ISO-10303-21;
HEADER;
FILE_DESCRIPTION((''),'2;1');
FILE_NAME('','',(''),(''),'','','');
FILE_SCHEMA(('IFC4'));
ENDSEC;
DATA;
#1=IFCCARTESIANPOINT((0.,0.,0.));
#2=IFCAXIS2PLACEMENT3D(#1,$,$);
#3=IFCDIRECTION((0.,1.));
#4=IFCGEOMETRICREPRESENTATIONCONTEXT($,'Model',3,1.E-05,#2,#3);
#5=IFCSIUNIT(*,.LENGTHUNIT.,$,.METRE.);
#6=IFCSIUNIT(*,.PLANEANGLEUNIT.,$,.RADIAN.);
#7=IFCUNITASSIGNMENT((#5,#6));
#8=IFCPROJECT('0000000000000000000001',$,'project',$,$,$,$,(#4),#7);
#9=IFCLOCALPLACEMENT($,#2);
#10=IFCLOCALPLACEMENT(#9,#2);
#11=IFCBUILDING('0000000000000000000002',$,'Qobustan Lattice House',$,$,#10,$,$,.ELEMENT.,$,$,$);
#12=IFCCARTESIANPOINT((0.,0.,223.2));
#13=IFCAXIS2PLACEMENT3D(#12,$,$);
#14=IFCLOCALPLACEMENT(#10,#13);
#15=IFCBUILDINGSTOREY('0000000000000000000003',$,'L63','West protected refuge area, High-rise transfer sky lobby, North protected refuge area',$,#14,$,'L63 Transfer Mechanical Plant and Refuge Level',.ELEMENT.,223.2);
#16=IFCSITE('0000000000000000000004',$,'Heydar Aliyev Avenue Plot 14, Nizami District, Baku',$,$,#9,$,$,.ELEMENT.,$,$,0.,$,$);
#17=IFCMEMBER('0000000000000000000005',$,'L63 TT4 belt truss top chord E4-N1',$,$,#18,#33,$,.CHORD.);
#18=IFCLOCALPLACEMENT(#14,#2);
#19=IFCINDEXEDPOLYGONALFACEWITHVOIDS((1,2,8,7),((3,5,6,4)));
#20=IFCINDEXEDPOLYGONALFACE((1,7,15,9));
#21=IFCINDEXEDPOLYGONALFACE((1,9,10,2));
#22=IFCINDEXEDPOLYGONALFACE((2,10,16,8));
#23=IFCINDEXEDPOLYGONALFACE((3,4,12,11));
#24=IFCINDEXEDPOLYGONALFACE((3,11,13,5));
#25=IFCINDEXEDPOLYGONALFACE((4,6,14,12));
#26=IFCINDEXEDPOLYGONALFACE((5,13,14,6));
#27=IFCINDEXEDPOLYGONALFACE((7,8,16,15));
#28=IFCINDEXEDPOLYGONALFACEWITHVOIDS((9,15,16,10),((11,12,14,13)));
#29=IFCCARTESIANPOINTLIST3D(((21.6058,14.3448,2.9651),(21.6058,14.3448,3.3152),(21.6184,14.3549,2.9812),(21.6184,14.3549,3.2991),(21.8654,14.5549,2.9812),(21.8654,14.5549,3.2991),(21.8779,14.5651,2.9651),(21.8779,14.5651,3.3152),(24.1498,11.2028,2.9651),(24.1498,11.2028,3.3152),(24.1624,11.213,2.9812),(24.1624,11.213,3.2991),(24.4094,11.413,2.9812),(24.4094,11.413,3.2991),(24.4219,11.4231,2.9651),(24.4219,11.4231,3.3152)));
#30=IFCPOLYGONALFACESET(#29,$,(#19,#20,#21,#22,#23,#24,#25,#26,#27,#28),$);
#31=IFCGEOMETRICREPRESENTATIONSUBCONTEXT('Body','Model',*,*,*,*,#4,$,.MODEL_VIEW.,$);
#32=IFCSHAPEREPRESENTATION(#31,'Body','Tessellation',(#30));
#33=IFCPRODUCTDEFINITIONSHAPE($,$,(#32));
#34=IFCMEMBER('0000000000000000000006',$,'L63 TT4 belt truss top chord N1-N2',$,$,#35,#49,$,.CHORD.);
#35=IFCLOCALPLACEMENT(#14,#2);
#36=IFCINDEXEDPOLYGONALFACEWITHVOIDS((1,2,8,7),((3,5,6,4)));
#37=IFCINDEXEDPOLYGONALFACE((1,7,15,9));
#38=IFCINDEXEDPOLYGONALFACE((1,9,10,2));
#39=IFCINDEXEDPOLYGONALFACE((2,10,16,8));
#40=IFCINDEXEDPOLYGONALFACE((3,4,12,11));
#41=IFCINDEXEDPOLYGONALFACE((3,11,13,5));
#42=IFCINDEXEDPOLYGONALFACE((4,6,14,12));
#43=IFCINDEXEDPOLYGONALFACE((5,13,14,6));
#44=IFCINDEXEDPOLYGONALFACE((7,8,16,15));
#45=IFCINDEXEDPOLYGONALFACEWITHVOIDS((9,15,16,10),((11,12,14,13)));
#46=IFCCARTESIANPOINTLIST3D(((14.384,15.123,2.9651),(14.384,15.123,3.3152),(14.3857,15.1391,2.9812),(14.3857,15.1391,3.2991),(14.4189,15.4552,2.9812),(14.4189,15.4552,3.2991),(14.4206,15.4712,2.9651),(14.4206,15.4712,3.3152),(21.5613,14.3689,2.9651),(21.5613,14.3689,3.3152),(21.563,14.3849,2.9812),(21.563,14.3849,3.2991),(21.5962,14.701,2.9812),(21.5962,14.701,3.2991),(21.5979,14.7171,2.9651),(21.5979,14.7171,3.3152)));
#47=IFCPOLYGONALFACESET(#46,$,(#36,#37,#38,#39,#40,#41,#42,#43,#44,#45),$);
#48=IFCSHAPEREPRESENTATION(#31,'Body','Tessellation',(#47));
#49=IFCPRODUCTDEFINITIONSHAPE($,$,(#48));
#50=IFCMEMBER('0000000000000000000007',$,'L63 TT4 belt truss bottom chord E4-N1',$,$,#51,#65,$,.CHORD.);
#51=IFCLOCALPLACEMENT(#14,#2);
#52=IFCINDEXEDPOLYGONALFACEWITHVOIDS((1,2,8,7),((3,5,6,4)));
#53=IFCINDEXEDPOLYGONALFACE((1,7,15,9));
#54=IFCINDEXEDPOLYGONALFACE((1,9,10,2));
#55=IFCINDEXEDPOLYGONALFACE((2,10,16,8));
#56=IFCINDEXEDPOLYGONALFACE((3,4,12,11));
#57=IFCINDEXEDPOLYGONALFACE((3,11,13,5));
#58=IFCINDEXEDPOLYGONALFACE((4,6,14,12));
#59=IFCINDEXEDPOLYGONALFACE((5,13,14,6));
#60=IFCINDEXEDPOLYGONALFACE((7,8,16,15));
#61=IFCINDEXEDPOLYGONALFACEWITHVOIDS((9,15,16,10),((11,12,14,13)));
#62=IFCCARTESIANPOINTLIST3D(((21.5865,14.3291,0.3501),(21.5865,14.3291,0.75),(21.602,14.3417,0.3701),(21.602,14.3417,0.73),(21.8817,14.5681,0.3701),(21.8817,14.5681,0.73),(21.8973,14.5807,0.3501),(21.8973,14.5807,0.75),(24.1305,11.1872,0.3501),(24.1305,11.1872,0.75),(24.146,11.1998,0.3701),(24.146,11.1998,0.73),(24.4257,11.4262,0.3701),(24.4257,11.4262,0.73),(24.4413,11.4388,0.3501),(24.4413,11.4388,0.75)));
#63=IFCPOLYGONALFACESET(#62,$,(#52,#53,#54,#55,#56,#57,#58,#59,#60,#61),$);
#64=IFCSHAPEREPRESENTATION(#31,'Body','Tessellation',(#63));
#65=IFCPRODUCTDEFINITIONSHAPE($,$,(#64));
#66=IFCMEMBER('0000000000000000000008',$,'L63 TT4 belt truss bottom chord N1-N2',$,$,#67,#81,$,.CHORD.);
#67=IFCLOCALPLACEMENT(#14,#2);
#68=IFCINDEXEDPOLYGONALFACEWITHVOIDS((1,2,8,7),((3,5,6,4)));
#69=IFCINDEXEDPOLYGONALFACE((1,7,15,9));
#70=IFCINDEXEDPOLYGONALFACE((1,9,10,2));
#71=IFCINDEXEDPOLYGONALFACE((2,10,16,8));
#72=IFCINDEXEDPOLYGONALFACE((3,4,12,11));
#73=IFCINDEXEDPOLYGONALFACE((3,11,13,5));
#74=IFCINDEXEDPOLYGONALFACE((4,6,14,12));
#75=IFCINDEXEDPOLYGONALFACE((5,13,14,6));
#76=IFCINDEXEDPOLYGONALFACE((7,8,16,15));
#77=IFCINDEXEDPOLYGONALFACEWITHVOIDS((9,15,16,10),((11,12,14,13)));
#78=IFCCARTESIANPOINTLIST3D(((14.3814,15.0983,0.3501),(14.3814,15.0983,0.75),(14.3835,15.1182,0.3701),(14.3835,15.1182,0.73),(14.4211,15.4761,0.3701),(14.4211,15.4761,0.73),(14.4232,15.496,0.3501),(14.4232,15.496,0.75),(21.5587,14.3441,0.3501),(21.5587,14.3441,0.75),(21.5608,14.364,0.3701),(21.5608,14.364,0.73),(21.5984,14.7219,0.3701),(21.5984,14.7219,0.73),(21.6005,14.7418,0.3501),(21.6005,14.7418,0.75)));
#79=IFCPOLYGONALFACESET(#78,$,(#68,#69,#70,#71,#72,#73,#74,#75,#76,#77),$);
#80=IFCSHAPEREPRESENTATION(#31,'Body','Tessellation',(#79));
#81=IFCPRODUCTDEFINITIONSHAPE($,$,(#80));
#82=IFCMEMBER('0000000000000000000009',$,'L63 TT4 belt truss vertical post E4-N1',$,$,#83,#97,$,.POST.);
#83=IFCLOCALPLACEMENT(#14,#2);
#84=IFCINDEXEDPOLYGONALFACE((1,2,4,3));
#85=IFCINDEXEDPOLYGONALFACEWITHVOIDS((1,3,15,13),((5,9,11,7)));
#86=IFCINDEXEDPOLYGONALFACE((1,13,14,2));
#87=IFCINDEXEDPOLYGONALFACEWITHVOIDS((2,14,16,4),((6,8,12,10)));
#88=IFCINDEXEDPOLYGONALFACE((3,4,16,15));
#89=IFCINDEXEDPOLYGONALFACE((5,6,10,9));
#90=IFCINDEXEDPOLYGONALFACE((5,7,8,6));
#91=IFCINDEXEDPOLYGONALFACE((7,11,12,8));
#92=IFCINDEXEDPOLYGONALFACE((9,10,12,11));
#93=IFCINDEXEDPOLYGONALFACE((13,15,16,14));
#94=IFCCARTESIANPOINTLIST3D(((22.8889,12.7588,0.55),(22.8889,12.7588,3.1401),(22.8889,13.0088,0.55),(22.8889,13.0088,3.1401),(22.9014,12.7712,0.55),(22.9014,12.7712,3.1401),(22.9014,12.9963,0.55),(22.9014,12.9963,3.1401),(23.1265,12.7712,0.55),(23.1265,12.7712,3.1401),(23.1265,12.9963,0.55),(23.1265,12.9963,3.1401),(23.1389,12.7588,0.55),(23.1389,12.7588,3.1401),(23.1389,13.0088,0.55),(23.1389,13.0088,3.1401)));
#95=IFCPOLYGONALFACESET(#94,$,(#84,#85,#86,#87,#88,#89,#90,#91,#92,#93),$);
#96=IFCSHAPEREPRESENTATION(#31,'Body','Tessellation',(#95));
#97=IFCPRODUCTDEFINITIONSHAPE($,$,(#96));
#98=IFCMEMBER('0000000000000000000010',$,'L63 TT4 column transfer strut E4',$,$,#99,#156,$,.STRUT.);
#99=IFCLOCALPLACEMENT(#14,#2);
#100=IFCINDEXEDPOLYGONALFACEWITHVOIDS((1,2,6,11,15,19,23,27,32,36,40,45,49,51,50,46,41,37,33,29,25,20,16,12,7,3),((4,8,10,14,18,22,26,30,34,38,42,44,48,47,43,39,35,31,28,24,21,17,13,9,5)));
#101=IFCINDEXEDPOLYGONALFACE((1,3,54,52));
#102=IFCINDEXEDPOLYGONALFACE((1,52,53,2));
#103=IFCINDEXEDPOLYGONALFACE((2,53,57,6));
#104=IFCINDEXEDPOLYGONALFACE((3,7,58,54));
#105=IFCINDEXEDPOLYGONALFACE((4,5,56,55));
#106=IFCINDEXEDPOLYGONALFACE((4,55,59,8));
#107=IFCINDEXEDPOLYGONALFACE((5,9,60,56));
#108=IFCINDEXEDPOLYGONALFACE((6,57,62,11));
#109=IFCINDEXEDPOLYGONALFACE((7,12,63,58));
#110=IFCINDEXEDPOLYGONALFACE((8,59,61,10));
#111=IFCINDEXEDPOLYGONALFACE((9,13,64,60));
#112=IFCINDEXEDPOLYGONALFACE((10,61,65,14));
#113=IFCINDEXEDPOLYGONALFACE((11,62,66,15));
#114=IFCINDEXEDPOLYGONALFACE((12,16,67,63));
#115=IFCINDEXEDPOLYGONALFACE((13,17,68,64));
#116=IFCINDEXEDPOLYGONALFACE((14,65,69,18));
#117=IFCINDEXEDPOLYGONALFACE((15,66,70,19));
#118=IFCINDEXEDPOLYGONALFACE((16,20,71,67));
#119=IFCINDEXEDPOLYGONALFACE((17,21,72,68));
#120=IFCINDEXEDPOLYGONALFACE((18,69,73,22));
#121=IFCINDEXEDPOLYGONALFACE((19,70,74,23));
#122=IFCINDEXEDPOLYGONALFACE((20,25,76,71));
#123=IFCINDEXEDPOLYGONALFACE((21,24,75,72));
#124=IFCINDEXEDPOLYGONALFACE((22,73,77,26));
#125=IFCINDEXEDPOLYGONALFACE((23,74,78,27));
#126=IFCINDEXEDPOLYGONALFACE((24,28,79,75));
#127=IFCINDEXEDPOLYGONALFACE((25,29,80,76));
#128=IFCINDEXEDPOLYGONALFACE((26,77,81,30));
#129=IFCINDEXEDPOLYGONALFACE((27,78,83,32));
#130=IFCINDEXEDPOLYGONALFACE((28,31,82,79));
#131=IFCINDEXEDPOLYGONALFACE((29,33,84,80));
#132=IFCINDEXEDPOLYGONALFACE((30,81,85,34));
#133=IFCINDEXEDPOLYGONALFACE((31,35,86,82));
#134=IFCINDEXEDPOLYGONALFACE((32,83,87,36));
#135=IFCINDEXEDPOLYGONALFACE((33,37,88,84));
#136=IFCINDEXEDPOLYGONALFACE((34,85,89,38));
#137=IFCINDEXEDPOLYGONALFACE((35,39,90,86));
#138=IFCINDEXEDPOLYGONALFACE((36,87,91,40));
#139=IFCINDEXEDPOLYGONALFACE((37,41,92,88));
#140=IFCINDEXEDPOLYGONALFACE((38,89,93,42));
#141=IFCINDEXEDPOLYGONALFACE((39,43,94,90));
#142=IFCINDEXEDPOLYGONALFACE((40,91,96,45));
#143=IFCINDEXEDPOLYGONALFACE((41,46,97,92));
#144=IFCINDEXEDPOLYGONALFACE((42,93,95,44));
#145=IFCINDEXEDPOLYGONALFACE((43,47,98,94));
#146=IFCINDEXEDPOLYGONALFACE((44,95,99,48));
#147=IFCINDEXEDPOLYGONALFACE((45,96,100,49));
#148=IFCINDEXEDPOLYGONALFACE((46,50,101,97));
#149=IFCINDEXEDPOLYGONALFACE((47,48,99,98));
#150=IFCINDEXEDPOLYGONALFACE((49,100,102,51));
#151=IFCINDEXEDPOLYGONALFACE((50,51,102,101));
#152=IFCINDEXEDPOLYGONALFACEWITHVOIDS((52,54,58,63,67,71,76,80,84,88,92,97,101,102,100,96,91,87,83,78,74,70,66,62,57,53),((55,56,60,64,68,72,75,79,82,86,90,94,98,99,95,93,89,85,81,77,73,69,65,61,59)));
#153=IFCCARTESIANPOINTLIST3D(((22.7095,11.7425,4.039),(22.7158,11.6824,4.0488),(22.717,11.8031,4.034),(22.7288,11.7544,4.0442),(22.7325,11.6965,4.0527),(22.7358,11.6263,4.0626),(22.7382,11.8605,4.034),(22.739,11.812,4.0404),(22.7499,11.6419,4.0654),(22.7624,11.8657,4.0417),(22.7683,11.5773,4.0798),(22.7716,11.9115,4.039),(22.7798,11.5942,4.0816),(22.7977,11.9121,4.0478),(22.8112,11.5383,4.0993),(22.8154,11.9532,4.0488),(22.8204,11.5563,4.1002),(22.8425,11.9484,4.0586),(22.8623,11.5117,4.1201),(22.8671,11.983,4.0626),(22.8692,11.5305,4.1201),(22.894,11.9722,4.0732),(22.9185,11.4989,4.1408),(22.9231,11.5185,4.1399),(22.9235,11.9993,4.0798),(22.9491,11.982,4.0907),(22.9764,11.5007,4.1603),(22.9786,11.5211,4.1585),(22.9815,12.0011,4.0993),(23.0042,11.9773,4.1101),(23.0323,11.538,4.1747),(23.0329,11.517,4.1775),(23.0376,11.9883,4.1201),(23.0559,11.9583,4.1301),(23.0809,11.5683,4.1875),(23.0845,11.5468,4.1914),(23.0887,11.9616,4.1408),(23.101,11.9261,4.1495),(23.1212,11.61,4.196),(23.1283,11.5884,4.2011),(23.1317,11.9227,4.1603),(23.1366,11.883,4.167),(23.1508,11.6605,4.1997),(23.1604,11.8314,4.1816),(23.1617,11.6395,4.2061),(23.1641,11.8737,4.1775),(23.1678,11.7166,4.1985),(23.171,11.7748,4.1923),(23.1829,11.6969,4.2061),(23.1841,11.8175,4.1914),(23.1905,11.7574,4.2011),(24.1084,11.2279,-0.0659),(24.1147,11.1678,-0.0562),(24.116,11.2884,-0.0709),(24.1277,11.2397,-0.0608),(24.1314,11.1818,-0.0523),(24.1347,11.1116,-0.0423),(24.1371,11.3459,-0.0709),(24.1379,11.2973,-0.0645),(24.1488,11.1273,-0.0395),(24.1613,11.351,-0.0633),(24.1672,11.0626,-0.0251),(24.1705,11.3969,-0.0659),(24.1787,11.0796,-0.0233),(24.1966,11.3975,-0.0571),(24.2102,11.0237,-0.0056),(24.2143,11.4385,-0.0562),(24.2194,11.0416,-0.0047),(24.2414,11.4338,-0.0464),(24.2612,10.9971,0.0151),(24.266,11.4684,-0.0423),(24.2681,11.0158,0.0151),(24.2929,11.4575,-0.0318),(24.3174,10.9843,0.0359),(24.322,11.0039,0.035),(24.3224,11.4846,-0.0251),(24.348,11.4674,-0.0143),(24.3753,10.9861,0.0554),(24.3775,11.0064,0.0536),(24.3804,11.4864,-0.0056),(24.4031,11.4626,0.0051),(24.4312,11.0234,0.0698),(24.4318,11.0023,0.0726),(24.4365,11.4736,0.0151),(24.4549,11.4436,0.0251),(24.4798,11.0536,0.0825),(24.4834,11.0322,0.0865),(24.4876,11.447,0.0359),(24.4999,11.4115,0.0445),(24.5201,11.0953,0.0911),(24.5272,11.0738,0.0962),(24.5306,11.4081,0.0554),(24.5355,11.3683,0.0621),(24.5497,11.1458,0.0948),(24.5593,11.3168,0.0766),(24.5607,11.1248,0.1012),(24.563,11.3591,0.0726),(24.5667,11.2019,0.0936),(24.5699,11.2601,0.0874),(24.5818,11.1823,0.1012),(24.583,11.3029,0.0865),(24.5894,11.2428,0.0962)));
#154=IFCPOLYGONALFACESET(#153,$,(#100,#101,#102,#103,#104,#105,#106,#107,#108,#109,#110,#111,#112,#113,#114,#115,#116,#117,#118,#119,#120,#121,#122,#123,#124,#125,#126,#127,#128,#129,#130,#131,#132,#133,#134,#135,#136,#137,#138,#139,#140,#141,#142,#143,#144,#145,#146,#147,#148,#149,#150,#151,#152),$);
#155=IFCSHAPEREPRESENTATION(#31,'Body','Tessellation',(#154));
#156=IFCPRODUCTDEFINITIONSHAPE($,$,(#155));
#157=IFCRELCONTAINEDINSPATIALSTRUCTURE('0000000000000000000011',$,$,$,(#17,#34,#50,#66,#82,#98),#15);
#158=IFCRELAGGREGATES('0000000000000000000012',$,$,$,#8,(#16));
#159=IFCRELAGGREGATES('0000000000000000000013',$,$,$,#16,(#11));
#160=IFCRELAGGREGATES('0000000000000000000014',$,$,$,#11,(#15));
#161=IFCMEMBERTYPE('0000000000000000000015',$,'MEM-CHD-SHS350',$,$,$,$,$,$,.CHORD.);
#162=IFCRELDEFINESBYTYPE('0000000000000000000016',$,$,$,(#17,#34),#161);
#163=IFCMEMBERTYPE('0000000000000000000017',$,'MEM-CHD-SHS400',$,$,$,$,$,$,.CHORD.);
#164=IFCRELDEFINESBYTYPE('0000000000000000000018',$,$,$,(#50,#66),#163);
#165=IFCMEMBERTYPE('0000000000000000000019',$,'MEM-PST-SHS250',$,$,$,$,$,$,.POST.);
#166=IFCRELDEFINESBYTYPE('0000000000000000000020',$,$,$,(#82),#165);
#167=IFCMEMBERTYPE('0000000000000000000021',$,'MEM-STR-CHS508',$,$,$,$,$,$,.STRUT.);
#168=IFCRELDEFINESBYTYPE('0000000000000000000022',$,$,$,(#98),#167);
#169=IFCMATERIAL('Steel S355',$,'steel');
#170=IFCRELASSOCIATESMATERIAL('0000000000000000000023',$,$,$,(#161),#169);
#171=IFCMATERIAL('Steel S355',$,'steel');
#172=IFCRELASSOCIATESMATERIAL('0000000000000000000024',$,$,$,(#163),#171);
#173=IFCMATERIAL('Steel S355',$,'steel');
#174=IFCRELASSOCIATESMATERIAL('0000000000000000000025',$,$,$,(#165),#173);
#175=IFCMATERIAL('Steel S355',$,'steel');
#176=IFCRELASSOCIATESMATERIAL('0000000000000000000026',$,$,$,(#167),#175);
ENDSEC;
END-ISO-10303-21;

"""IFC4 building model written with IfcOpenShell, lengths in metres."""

from ifc_helpers import new_model, si_unit, direction, frame, origin, origin_2d, place, context, subcontext, project, spatial, hollow_rectangle, hollow_circle, extrude, material, material_profile, profile_set, type_object, element, save


model = new_model("IFC4")

# Units and contexts
model_context = context("Model", 3, precision=1e-05, world=origin(), true_north=direction((0.0, 1.0)))
body_context = subcontext(model_context, "Body", "Model", "MODEL_VIEW")
ifc_project = project(units=[si_unit("LENGTHUNIT", "METRE"), si_unit("PLANEANGLEUNIT", "RADIAN")], contexts=[model_context])

# Site, building, storey
site_placement = place(None, origin())
site = spatial("IfcSite", under=ifc_project, at=site_placement, Name="Heydar Aliyev Avenue Plot 14, Nizami District, Baku", CompositionType="ELEMENT", RefElevation=0.0)
building_placement = place(site_placement, origin())
building = spatial("IfcBuilding", under=site, at=building_placement, Name="Qobustan Lattice House", CompositionType="ELEMENT")
storey_placement = place(building_placement, frame((0.0, 0.0, 223.2)))
storey = spatial("IfcBuildingStorey", under=building, at=storey_placement, Name="L63", Description="West protected refuge area, High-rise transfer sky lobby, North protected refuge area", LongName="L63 Transfer Mechanical Plant and Refuge Level", CompositionType="ELEMENT", Elevation=223.2)

# Members
ifc_material_1 = material(Name="Steel S355", Category="steel")
ifc_material_profile_1 = material_profile(ifc_material_1, hollow_rectangle(XDim=0.3501, YDim=0.3501, WallThickness=0.0161, at=origin_2d()), Name="SHS350x350x16")
ifc_profile_set_1 = profile_set([ifc_material_profile_1], Name="Steel S355")
member_type_1 = type_object("IfcMemberType", Name="MEM-CHD-SHS350", PredefinedType="CHORD", material=ifc_profile_set_1)
member_1_placement = place(storey_placement, frame((24.2859, 11.313, 3.1401), z_axis=(-0.62928, 0.777179, 0.0), x_axis=(-0.777179, -0.62928, 0.0)))
element("IfcMember", 1, at=member_1_placement, inside=storey, type_object=member_type_1, Name="L63 TT4 belt truss top chord E4-N1", PredefinedType="CHORD", context=body_context, shape_type="SweptSolid", body=[
    extrude(hollow_rectangle(XDim=0.3501, YDim=0.3501, WallThickness=0.0161, at=origin_2d()), origin(), (0.0, 0.0, 1.0), 4.0427),
])
member_2_placement = place(storey_placement, frame((21.5796, 14.543, 3.1401), z_axis=(-0.994525, 0.1045, 0.0), x_axis=(-0.1045, -0.994525, 0.0)))
element("IfcMember", 2, at=member_2_placement, inside=storey, type_object=member_type_1, Name="L63 TT4 belt truss top chord N1-N2", PredefinedType="CHORD", context=body_context, shape_type="SweptSolid", body=[
    extrude(hollow_rectangle(XDim=0.3501, YDim=0.3501, WallThickness=0.0161, at=origin_2d()), origin(), (0.0, 0.0, 1.0), 7.2168),
])
ifc_material_2 = material(Name="Steel S355", Category="steel")
ifc_material_profile_2 = material_profile(ifc_material_2, hollow_rectangle(XDim=0.3999, YDim=0.3999, WallThickness=0.02, at=origin_2d()), Name="SHS400x400x20")
ifc_profile_set_2 = profile_set([ifc_material_profile_2], Name="Steel S355")
member_type_2 = type_object("IfcMemberType", Name="MEM-CHD-SHS400", PredefinedType="CHORD", material=ifc_profile_set_2)
member_3_placement = place(storey_placement, frame((24.2859, 11.313, 0.55), z_axis=(-0.62928, 0.777179, 0.0), x_axis=(-0.777179, -0.62928, 0.0)))
element("IfcMember", 3, at=member_3_placement, inside=storey, type_object=member_type_2, Name="L63 TT4 belt truss bottom chord E4-N1", PredefinedType="CHORD", context=body_context, shape_type="SweptSolid", body=[
    extrude(hollow_rectangle(XDim=0.3999, YDim=0.3999, WallThickness=0.02, at=origin_2d()), origin(), (0.0, 0.0, 1.0), 4.0427),
])
member_4_placement = place(storey_placement, frame((21.5796, 14.543, 0.55), z_axis=(-0.994525, 0.1045, 0.0), x_axis=(-0.1045, -0.994525, 0.0)))
element("IfcMember", 4, at=member_4_placement, inside=storey, type_object=member_type_2, Name="L63 TT4 belt truss bottom chord N1-N2", PredefinedType="CHORD", context=body_context, shape_type="SweptSolid", body=[
    extrude(hollow_rectangle(XDim=0.3999, YDim=0.3999, WallThickness=0.02, at=origin_2d()), origin(), (0.0, 0.0, 1.0), 7.2168),
])
ifc_material_3 = material(Name="Steel S355", Category="steel")
ifc_material_profile_3 = material_profile(ifc_material_3, hollow_rectangle(XDim=0.25, YDim=0.25, WallThickness=0.0125, at=origin_2d()), Name="SHS250x250x12.5")
ifc_profile_set_3 = profile_set([ifc_material_profile_3], Name="Steel S355")
member_type_3 = type_object("IfcMemberType", Name="MEM-PST-SHS250", PredefinedType="POST", material=ifc_profile_set_3)
member_5_placement = place(storey_placement, frame((23.0139, 12.8838, 0.55), z_axis=(0.0, 0.0, 1.0), x_axis=(1.0, 0.0, 0.0)))
element("IfcMember", 5, at=member_5_placement, inside=storey, type_object=member_type_3, Name="L63 TT4 belt truss vertical post E4-N1", PredefinedType="POST", context=body_context, shape_type="SweptSolid", body=[
    extrude(hollow_rectangle(XDim=0.25, YDim=0.25, WallThickness=0.0125, at=origin_2d()), origin(), (0.0, 0.0, 1.0), 2.5901),
])
ifc_material_4 = material(Name="Steel S355", Category="steel")
ifc_material_profile_4 = material_profile(ifc_material_4, hollow_circle(Radius=0.2539, WallThickness=0.02, at=origin_2d()), Name="CHS508x20")
ifc_profile_set_4 = profile_set([ifc_material_profile_4], Name="Steel S355")
member_type_4 = type_object("IfcMemberType", Name="MEM-STR-CHS508", PredefinedType="STRUT", material=ifc_profile_set_4)
member_6_placement = place(storey_placement, frame((24.3489, 11.2354, 0.0151), z_axis=(-0.320323, 0.117843, 0.93995), x_axis=(-0.345265, -0.938505, 0.0)))
element("IfcMember", 6, at=member_6_placement, inside=storey, type_object=member_type_4, Name="L63 TT4 column transfer strut E4", PredefinedType="STRUT", context=body_context, shape_type="SweptSolid", body=[
    extrude(hollow_circle(Radius=0.2539, WallThickness=0.02, at=origin_2d()), origin(), (0.0, 0.0, 1.0), 4.3672),
])

save(model, "model.ifc")
